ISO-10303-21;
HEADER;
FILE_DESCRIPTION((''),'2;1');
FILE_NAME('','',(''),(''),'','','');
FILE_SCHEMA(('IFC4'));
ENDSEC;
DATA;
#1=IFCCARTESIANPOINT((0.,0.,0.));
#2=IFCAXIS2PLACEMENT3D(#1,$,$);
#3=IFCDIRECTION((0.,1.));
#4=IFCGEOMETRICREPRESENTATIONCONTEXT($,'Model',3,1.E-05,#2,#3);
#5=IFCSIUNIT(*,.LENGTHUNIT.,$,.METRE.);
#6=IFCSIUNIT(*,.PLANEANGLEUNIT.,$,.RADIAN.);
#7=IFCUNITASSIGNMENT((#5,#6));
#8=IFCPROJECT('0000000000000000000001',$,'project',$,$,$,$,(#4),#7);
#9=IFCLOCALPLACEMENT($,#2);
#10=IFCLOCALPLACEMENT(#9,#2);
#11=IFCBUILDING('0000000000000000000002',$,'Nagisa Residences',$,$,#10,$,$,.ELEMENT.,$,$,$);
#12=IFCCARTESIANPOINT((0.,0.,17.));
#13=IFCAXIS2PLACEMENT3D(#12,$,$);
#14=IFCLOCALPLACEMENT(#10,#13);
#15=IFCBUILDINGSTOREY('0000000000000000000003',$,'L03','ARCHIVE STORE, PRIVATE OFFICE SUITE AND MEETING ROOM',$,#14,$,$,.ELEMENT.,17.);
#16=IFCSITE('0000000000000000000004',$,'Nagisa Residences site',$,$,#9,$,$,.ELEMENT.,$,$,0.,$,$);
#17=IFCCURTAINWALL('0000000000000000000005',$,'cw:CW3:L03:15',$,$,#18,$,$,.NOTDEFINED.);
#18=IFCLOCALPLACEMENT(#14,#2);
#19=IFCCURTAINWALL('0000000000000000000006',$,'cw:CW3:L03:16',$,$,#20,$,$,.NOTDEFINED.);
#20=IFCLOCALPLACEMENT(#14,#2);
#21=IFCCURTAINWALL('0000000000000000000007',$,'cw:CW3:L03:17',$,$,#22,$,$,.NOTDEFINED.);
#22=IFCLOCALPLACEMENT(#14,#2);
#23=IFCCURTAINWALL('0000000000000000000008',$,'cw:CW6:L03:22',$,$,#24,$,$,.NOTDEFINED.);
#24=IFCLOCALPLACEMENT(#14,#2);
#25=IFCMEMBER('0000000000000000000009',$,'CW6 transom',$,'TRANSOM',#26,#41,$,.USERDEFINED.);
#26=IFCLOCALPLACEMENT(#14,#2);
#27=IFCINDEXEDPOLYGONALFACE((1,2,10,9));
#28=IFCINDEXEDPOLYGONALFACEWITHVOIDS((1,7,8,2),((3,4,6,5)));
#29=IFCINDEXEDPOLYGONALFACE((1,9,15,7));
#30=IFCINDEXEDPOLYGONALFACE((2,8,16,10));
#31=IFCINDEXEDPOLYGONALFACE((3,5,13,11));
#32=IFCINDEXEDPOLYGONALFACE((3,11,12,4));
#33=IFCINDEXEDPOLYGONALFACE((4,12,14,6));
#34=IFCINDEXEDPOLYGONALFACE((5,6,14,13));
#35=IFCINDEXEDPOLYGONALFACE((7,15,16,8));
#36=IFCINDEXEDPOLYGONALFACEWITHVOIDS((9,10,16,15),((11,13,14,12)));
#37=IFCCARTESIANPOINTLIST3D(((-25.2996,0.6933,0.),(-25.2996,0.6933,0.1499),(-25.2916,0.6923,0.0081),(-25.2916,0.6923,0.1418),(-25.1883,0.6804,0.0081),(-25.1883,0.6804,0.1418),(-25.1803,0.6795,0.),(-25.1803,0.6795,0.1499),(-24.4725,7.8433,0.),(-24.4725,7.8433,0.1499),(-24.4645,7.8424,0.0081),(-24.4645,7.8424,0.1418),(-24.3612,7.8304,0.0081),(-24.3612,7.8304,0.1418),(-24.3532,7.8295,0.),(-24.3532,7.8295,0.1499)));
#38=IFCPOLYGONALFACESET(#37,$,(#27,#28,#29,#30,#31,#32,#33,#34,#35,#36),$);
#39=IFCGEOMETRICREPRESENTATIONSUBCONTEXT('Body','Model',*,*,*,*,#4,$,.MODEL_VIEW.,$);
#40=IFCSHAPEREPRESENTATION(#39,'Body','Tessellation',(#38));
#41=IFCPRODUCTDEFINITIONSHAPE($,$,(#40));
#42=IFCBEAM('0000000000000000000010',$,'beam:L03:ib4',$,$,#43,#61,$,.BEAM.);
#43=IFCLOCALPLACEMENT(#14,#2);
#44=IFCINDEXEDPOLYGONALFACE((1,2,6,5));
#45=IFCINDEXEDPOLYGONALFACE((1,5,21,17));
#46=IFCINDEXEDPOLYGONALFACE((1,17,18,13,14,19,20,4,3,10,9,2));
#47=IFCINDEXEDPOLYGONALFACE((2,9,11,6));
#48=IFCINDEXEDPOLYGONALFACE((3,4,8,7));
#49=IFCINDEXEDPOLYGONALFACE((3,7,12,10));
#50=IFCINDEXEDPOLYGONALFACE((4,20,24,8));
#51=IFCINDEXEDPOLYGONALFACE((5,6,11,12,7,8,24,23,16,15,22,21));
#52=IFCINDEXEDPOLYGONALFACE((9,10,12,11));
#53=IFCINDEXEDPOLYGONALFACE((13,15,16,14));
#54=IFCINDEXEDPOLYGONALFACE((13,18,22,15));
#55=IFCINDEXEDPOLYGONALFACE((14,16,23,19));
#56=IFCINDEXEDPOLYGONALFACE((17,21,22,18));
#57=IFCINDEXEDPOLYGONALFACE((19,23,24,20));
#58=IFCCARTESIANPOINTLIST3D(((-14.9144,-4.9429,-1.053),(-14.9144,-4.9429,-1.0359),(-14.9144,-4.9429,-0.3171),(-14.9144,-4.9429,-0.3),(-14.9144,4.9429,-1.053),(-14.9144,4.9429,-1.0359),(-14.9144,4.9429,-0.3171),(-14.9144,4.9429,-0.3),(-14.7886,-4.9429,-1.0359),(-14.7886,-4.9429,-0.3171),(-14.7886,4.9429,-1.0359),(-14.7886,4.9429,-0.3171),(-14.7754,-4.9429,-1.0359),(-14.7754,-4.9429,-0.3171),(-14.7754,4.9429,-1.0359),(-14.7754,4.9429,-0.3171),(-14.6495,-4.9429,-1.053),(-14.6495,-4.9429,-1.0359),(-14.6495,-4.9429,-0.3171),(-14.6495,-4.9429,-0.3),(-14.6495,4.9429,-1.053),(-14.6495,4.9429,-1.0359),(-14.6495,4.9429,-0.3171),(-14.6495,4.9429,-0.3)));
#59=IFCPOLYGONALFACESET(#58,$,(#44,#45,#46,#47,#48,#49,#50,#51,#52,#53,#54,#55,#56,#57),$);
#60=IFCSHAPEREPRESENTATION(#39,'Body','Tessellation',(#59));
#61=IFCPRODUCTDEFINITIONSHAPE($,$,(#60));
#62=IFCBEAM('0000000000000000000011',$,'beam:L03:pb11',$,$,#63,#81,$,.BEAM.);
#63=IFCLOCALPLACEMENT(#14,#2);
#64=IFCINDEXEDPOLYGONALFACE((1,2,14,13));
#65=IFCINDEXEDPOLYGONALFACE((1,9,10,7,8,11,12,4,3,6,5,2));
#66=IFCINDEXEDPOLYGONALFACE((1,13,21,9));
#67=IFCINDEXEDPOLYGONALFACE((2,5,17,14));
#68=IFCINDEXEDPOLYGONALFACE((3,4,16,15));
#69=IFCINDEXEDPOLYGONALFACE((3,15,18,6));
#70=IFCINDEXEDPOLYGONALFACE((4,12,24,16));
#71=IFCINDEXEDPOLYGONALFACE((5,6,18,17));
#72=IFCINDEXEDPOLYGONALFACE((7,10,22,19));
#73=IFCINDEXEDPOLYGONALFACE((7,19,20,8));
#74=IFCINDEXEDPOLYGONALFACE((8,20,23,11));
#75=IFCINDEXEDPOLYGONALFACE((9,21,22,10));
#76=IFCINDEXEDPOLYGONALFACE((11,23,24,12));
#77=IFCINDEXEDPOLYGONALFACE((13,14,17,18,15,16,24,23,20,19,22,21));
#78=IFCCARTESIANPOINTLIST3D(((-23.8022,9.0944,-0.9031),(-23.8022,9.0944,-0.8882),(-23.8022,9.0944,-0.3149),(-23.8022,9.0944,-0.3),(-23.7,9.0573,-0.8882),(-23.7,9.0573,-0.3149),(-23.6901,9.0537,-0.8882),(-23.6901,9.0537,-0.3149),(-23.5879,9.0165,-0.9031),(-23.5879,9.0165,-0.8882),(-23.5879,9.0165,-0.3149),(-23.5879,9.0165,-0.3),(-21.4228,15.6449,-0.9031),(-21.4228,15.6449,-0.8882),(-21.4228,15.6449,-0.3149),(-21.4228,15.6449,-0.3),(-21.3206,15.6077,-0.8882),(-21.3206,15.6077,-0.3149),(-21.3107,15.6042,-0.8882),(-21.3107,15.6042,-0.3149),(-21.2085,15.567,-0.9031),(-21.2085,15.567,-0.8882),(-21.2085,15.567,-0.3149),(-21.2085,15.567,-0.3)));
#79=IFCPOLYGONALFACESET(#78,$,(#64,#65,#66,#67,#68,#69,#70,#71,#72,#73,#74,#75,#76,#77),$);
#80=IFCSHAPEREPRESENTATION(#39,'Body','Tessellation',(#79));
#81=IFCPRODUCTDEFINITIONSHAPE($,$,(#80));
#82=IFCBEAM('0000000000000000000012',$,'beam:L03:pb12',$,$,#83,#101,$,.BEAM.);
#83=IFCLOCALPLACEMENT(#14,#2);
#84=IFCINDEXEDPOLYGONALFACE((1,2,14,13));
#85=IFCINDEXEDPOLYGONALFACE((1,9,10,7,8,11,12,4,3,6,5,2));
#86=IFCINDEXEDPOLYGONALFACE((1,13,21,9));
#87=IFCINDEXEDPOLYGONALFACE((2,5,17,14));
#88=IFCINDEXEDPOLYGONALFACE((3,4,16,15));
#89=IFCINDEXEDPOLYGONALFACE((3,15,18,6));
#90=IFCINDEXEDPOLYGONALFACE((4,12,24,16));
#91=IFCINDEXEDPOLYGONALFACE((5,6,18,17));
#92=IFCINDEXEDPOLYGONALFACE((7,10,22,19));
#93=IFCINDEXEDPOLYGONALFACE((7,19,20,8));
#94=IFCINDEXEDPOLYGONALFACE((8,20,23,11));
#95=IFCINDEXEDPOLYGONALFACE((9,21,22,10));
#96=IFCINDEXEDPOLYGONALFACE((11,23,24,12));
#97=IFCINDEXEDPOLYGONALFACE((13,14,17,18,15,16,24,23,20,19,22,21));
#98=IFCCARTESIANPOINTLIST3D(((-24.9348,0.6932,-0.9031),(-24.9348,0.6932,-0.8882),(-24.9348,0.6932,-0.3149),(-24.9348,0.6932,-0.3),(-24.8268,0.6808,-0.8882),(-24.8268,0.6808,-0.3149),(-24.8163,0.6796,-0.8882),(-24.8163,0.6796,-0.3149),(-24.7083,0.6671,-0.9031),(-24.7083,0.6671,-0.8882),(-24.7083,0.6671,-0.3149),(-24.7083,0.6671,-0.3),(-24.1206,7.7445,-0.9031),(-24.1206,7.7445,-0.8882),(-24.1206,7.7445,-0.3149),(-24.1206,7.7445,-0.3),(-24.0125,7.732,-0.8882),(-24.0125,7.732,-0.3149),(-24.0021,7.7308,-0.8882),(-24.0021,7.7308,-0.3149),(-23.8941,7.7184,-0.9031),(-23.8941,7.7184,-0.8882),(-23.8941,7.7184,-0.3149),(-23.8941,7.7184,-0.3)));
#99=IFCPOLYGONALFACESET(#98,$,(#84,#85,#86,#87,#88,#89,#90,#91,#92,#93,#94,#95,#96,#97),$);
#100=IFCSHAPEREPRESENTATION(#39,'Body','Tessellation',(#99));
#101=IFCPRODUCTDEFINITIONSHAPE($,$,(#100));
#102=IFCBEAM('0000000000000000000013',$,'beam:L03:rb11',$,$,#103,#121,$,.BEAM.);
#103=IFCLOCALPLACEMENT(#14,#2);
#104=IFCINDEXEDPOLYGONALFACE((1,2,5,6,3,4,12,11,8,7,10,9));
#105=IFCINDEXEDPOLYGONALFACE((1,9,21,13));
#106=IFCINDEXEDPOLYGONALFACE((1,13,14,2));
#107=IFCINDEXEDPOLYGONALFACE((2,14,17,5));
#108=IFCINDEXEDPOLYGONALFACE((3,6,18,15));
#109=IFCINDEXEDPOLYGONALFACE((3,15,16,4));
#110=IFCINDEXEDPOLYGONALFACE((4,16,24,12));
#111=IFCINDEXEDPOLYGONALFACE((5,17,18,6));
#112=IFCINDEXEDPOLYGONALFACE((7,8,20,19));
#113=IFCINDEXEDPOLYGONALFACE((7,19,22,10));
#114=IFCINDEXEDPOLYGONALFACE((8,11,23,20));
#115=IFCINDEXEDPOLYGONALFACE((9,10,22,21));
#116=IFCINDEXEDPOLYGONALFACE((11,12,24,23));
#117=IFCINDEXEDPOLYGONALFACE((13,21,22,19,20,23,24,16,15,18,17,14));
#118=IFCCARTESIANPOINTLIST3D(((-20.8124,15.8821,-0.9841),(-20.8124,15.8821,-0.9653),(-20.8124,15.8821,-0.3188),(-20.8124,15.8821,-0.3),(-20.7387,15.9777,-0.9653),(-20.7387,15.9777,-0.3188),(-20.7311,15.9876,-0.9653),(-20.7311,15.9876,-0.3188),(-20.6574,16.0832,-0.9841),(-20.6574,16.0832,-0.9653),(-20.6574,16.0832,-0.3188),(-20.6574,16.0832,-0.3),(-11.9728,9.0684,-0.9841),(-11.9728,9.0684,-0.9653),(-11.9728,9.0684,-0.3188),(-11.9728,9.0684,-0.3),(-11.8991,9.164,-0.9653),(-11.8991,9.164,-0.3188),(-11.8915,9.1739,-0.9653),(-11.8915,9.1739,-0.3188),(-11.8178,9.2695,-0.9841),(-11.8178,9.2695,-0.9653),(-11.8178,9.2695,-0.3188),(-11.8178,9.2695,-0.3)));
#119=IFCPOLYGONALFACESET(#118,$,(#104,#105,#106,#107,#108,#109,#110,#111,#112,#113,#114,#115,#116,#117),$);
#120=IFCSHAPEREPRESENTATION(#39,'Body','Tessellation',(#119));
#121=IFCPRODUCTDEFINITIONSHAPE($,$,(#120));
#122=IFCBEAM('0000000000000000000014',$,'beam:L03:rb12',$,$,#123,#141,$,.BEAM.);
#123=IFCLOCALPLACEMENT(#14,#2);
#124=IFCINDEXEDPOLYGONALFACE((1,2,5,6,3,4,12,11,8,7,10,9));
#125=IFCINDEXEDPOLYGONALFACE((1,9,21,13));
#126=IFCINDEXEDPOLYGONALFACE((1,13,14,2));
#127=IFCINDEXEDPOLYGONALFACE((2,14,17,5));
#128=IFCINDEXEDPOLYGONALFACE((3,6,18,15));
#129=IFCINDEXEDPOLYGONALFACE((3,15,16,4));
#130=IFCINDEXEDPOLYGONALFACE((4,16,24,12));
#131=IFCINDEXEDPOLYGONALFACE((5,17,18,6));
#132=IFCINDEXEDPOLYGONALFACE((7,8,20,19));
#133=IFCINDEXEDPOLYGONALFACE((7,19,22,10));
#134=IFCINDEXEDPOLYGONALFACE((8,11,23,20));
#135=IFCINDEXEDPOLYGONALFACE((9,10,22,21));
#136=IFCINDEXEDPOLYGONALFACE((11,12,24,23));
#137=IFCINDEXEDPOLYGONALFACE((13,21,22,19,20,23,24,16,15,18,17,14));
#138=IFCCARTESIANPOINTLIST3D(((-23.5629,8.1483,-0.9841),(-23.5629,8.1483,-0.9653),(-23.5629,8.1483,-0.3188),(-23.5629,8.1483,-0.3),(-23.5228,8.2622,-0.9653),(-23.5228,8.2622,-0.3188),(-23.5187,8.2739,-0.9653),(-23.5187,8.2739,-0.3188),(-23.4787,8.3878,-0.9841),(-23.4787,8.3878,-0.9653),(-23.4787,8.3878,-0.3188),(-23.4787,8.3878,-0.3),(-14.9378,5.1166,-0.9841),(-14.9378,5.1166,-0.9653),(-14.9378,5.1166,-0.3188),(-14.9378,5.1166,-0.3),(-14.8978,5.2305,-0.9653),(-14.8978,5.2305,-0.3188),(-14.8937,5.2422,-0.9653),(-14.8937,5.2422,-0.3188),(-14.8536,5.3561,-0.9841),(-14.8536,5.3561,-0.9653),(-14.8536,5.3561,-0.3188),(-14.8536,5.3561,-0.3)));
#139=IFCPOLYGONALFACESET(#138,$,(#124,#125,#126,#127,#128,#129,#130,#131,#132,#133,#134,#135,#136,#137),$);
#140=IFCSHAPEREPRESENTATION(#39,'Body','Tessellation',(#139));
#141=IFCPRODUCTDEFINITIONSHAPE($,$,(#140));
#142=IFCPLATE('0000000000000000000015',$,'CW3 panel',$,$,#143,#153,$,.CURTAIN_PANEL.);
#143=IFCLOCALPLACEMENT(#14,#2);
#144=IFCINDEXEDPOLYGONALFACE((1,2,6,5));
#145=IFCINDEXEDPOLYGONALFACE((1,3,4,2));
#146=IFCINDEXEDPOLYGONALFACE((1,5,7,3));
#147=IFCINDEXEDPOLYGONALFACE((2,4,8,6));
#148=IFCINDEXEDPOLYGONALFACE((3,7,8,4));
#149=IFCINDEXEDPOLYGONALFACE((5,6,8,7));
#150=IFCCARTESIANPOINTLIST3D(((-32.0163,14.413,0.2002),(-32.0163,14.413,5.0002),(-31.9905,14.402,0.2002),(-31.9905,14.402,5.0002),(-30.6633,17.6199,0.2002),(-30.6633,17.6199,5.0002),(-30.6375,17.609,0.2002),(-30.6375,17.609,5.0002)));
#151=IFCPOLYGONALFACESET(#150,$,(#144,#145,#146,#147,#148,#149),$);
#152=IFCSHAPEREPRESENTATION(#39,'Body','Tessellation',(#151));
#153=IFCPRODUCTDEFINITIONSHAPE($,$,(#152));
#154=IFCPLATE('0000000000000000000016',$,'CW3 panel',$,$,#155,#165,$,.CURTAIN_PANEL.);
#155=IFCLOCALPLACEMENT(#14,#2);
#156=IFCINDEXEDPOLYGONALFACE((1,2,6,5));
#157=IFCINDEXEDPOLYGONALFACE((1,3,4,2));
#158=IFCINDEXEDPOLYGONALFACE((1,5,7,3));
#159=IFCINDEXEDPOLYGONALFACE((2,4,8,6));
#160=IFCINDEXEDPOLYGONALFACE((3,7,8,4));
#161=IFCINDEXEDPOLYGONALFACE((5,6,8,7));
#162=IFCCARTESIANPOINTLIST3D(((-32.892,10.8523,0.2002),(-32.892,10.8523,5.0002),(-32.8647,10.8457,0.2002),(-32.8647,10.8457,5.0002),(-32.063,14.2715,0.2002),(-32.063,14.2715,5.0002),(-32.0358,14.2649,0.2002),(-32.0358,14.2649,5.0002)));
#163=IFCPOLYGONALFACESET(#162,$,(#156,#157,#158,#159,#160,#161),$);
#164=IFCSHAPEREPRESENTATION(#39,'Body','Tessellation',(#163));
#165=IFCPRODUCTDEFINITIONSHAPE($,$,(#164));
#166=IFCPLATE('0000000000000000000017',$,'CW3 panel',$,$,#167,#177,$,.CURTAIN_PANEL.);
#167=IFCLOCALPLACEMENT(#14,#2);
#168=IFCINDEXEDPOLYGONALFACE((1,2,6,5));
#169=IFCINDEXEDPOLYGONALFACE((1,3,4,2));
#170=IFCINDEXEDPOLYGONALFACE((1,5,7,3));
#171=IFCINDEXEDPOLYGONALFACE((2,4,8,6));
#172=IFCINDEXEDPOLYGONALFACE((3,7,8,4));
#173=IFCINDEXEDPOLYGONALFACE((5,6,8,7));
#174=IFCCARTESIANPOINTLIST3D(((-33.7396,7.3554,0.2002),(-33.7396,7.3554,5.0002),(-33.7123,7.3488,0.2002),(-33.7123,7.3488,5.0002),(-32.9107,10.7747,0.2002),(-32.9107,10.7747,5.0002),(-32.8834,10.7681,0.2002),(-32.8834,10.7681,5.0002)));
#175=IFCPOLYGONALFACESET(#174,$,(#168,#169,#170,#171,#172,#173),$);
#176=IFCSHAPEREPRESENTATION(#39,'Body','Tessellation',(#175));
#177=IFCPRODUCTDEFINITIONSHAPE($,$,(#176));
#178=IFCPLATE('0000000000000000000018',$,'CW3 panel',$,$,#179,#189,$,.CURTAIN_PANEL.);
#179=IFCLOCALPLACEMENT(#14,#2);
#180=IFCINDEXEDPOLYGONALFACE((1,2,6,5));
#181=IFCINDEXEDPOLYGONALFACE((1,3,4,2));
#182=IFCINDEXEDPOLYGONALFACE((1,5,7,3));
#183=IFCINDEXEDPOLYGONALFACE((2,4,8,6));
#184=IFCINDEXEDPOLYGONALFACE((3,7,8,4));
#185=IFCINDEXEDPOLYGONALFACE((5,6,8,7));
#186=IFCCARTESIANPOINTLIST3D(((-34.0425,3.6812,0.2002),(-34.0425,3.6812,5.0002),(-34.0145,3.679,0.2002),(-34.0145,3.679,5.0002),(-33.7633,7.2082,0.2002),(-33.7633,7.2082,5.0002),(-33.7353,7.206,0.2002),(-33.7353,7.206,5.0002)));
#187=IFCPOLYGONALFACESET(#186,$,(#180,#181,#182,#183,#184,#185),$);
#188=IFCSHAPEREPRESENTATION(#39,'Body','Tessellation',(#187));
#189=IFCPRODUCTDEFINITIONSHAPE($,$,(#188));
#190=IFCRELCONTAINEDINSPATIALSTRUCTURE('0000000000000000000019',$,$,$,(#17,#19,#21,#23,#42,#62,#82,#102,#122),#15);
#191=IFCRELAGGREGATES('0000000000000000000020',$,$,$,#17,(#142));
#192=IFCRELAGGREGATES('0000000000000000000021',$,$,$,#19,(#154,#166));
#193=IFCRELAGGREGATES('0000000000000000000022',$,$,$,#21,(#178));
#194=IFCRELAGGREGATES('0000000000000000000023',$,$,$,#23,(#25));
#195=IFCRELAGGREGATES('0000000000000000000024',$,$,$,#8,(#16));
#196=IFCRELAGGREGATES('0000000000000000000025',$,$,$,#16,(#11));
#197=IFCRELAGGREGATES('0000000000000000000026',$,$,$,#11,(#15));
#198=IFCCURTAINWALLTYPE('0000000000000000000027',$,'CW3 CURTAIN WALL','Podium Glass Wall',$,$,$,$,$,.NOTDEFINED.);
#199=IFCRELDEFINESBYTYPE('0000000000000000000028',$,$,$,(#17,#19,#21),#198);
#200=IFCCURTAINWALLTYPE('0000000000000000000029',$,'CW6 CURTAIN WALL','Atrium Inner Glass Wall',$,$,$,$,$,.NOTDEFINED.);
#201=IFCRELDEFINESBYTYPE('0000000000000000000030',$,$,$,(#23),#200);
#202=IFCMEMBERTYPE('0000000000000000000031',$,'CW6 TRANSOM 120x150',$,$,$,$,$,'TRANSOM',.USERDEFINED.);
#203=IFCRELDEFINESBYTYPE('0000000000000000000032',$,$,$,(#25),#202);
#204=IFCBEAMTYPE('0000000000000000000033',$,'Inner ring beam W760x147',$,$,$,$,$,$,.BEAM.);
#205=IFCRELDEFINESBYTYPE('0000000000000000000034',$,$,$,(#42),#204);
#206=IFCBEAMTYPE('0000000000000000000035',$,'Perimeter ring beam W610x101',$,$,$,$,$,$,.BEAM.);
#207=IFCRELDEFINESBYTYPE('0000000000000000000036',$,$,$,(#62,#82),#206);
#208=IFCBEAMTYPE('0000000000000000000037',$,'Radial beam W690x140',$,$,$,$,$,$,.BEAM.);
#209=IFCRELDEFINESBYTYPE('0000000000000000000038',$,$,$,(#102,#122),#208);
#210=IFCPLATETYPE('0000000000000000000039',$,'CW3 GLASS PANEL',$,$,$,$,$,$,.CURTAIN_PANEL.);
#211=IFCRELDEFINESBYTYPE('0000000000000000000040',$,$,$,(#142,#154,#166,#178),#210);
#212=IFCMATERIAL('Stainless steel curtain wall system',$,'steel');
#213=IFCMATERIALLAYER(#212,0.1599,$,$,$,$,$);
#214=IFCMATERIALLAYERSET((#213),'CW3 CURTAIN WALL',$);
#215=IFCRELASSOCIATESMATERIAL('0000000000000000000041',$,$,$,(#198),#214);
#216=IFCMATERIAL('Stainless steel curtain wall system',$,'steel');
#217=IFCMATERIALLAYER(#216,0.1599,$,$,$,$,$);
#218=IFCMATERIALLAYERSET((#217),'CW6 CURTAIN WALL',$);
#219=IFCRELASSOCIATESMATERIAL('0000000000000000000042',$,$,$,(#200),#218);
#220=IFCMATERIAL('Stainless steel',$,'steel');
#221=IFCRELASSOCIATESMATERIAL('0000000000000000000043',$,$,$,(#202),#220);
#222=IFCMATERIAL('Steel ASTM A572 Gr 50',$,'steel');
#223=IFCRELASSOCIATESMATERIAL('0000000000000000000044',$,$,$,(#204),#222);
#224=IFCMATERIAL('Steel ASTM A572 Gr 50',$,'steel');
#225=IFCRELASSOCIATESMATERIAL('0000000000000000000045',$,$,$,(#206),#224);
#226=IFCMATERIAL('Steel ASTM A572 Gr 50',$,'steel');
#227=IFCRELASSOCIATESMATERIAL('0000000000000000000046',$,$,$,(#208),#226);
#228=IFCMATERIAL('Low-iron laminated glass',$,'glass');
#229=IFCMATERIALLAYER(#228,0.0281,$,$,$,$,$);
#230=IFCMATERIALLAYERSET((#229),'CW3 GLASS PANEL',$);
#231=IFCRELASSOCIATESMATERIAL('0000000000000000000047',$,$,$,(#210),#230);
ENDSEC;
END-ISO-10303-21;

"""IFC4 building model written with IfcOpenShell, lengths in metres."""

from ifc_helpers import new_model, si_unit, direction, frame, origin, origin_2d, place, context, subcontext, project, spatial, rectangle, hollow_rectangle, i_section, extrude, material, layer, layer_set, material_profile, profile_set, type_object, element, aggregate, save


model = new_model("IFC4")

# Units and contexts
model_context = context("Model", 3, precision=1e-05, world=origin(), true_north=direction((0.0, 1.0)))
body_context = subcontext(model_context, "Body", "Model", "MODEL_VIEW")
ifc_project = project(units=[si_unit("LENGTHUNIT", "METRE"), si_unit("PLANEANGLEUNIT", "RADIAN")], contexts=[model_context])

# Site, building, storey
site_placement = place(None, origin())
site = spatial("IfcSite", under=ifc_project, at=site_placement, Name="Nagisa Residences site", CompositionType="ELEMENT", RefElevation=0.0)
building_placement = place(site_placement, origin())
building = spatial("IfcBuilding", under=site, at=building_placement, Name="Nagisa Residences", CompositionType="ELEMENT")
storey_placement = place(building_placement, frame((0.0, 0.0, 17.0)))
storey = spatial("IfcBuildingStorey", under=building, at=storey_placement, Name="L03", Description="ARCHIVE STORE, PRIVATE OFFICE SUITE AND MEETING ROOM", CompositionType="ELEMENT", Elevation=17.0)

# Curtain wall
ifc_material_1 = material(Name="Stainless steel curtain wall system", Category="steel")
ifc_layer_1 = layer(ifc_material_1, 0.1599)
ifc_layer_set_1 = layer_set([ifc_layer_1], Name="CW3 CURTAIN WALL")
curtain_wall_type_1 = type_object("IfcCurtainWallType", Name="CW3 CURTAIN WALL", Description="Podium Glass Wall", PredefinedType="NOTDEFINED", material=ifc_layer_set_1)
curtain_wall_1_placement = place(storey_placement, origin())
curtain_wall_1 = element("IfcCurtainWall", 1, at=curtain_wall_1_placement, inside=storey, type_object=curtain_wall_type_1, Name="cw:CW3:L03:15", PredefinedType="NOTDEFINED")

# Curtain walls
curtain_wall_2_placement = place(storey_placement, origin())
curtain_wall_2 = element("IfcCurtainWall", 2, at=curtain_wall_2_placement, inside=storey, type_object=curtain_wall_type_1, Name="cw:CW3:L03:16", PredefinedType="NOTDEFINED")
curtain_wall_3_placement = place(storey_placement, origin())
curtain_wall_3 = element("IfcCurtainWall", 3, at=curtain_wall_3_placement, inside=storey, type_object=curtain_wall_type_1, Name="cw:CW3:L03:17", PredefinedType="NOTDEFINED")

# Curtain wall
ifc_material_2 = material(Name="Stainless steel curtain wall system", Category="steel")
ifc_layer_2 = layer(ifc_material_2, 0.1599)
ifc_layer_set_2 = layer_set([ifc_layer_2], Name="CW6 CURTAIN WALL")
curtain_wall_type_2 = type_object("IfcCurtainWallType", Name="CW6 CURTAIN WALL", Description="Atrium Inner Glass Wall", PredefinedType="NOTDEFINED", material=ifc_layer_set_2)
curtain_wall_4_placement = place(storey_placement, origin())
curtain_wall_4 = element("IfcCurtainWall", 4, at=curtain_wall_4_placement, inside=storey, type_object=curtain_wall_type_2, Name="cw:CW6:L03:22", PredefinedType="NOTDEFINED")

# Member
ifc_material_3 = material(Name="Stainless steel", Category="steel")
ifc_material_profile_1 = material_profile(ifc_material_3, hollow_rectangle(XDim=0.1201, YDim=0.1499, WallThickness=0.0081, at=origin_2d()), Name="CW6 TRANSOM 120x150")
ifc_profile_set_1 = profile_set([ifc_material_profile_1], Name="Stainless steel")
member_type_1 = type_object("IfcMemberType", Name="CW6 TRANSOM 120x150", ElementType="TRANSOM", PredefinedType="USERDEFINED", material=ifc_profile_set_1)
member_1_placement = place(storey_placement, frame((-24.4128, 7.8364, 0.075), z_axis=(-0.114916, -0.993375, 0.0), x_axis=(0.993375, -0.114916, 0.0)))
member_1 = element("IfcMember", 5, at=member_1_placement, type_object=member_type_1, Name="CW6 transom", ObjectType="TRANSOM", PredefinedType="USERDEFINED", context=body_context, shape_type="SweptSolid", body=[
    extrude(hollow_rectangle(XDim=0.1201, YDim=0.1499, WallThickness=0.0081, at=origin_2d()), origin(), (0.0, 0.0, 1.0), 7.1978),
])

# Beams
ifc_material_4 = material(Name="Steel ASTM A572 Gr 50", Category="steel")
ifc_material_profile_2 = material_profile(ifc_material_4, i_section(OverallWidth=0.2649, OverallDepth=0.7529, WebThickness=0.0132, FlangeThickness=0.0171, at=origin_2d()), Name="W760x147")
ifc_profile_set_2 = profile_set([ifc_material_profile_2], Name="Steel ASTM A572 Gr 50")
beam_type_1 = type_object("IfcBeamType", Name="Inner ring beam W760x147", PredefinedType="BEAM", material=ifc_profile_set_2)
beam_1_placement = place(storey_placement, frame((-14.782, 4.9429, -0.6765), z_axis=(0.0, -1.0, 0.0), x_axis=(1.0, 0.0, 0.0)))
element("IfcBeam", 6, at=beam_1_placement, inside=storey, type_object=beam_type_1, Name="beam:L03:ib4", PredefinedType="BEAM", context=body_context, shape_type="SweptSolid", body=[
    extrude(i_section(OverallWidth=0.2649, OverallDepth=0.7529, WebThickness=0.0132, FlangeThickness=0.0171, at=origin_2d()), origin(), (0.0, 0.0, 1.0), 9.8857),
])
ifc_material_5 = material(Name="Steel ASTM A572 Gr 50", Category="steel")
ifc_material_profile_3 = material_profile(ifc_material_5, i_section(OverallWidth=0.228, OverallDepth=0.603, WebThickness=0.0105, FlangeThickness=0.0149, at=origin_2d()), Name="W610x101")
ifc_profile_set_3 = profile_set([ifc_material_profile_3], Name="Steel ASTM A572 Gr 50")
beam_type_2 = type_object("IfcBeamType", Name="Perimeter ring beam W610x101", PredefinedType="BEAM", material=ifc_profile_set_3)
beam_2_placement = place(storey_placement, frame((-21.3157, 15.606, -0.6016), z_axis=(-0.341411, -0.939914, 0.0), x_axis=(0.939914, -0.341411, 0.0)))
element("IfcBeam", 7, at=beam_2_placement, inside=storey, type_object=beam_type_2, Name="beam:L03:pb11", PredefinedType="BEAM", context=body_context, shape_type="SweptSolid", body=[
    extrude(i_section(OverallWidth=0.228, OverallDepth=0.603, WebThickness=0.0105, FlangeThickness=0.0149, at=origin_2d()), origin(), (0.0, 0.0, 1.0), 6.9692),
])
beam_3_placement = place(storey_placement, frame((-24.0073, 7.7314, -0.6016), z_axis=(-0.114708, -0.993399, 0.0), x_axis=(0.993399, -0.114708, 0.0)))
element("IfcBeam", 8, at=beam_3_placement, inside=storey, type_object=beam_type_2, Name="beam:L03:pb12", PredefinedType="BEAM", context=body_context, shape_type="SweptSolid", body=[
    extrude(i_section(OverallWidth=0.228, OverallDepth=0.603, WebThickness=0.0105, FlangeThickness=0.0149, at=origin_2d()), origin(), (0.0, 0.0, 1.0), 7.0981),
])
ifc_material_6 = material(Name="Steel ASTM A572 Gr 50", Category="steel")
ifc_material_profile_4 = material_profile(ifc_material_6, i_section(OverallWidth=0.2539, OverallDepth=0.6841, WebThickness=0.0125, FlangeThickness=0.0188, at=origin_2d()), Name="W690x140")
ifc_profile_set_4 = profile_set([ifc_material_profile_4], Name="Steel ASTM A572 Gr 50")
beam_type_3 = type_object("IfcBeamType", Name="Radial beam W690x140", PredefinedType="BEAM", material=ifc_profile_set_4)
beam_4_placement = place(storey_placement, frame((-20.7349, 15.9827, -0.6421), z_axis=(0.792016, -0.6105, 0.0), x_axis=(0.6105, 0.792016, 0.0)))
element("IfcBeam", 9, at=beam_4_placement, inside=storey, type_object=beam_type_3, Name="beam:L03:rb11", PredefinedType="BEAM", context=body_context, shape_type="SweptSolid", body=[
    extrude(i_section(OverallWidth=0.2539, OverallDepth=0.6841, WebThickness=0.0125, FlangeThickness=0.0188, at=origin_2d()), origin(), (0.0, 0.0, 1.0), 11.1609),
])
beam_5_placement = place(storey_placement, frame((-23.5208, 8.2681, -0.6421), z_axis=(0.943415, -0.331616, 0.0), x_axis=(0.331616, 0.943415, 0.0)))
element("IfcBeam", 10, at=beam_5_placement, inside=storey, type_object=beam_type_3, Name="beam:L03:rb12", PredefinedType="BEAM", context=body_context, shape_type="SweptSolid", body=[
    extrude(i_section(OverallWidth=0.2539, OverallDepth=0.6841, WebThickness=0.0125, FlangeThickness=0.0188, at=origin_2d()), origin(), (0.0, 0.0, 1.0), 9.1423),
])

# Plates
ifc_material_7 = material(Name="Low-iron laminated glass", Category="glass")
ifc_layer_3 = layer(ifc_material_7, 0.0281)
ifc_layer_set_3 = layer_set([ifc_layer_3], Name="CW3 GLASS PANEL")
plate_type_1 = type_object("IfcPlateType", Name="CW3 GLASS PANEL", PredefinedType="CURTAIN_PANEL", material=ifc_layer_set_3)
plate_1_placement = place(storey_placement, frame((-31.3269, 16.011, 0.2002), z_axis=(0.0, 0.0, 1.0), x_axis=(-0.388718, -0.921357, 0.0)))
plate_1 = element("IfcPlate", 11, at=plate_1_placement, type_object=plate_type_1, Name="CW3 panel", PredefinedType="CURTAIN_PANEL", context=body_context, shape_type="SweptSolid", body=[
    extrude(rectangle(XDim=3.4807, YDim=0.0281, at=origin_2d()), origin(), (0.0, 0.0, 1.0), 4.8),
])
aggregate(curtain_wall_1, [plate_1])
plate_2_placement = place(storey_placement, frame((-32.4639, 12.5586, 0.2002), z_axis=(0.0, 0.0, 1.0), x_axis=(-0.235606, -0.971849, 0.0)))
plate_2 = element("IfcPlate", 12, at=plate_2_placement, type_object=plate_type_1, Name="CW3 panel", PredefinedType="CURTAIN_PANEL", context=body_context, shape_type="SweptSolid", body=[
    extrude(rectangle(XDim=3.5183, YDim=0.0281, at=origin_2d()), origin(), (0.0, 0.0, 1.0), 4.8),
])
plate_3_placement = place(storey_placement, frame((-33.3115, 9.0618, 0.2002), z_axis=(0.0, 0.0, 1.0), x_axis=(-0.235606, -0.971849, 0.0)))
plate_3 = element("IfcPlate", 13, at=plate_3_placement, type_object=plate_type_1, Name="CW3 panel", PredefinedType="CURTAIN_PANEL", context=body_context, shape_type="SweptSolid", body=[
    extrude(rectangle(XDim=3.5183, YDim=0.0281, at=origin_2d()), origin(), (0.0, 0.0, 1.0), 4.8),
])
aggregate(curtain_wall_2, [plate_2, plate_3])
plate_4_placement = place(storey_placement, frame((-33.8889, 5.4436, 0.2002), z_axis=(0.0, 0.0, 1.0), x_axis=(-0.07891, -0.996882, 0.0)))
plate_4 = element("IfcPlate", 14, at=plate_4_placement, type_object=plate_type_1, Name="CW3 panel", PredefinedType="CURTAIN_PANEL", context=body_context, shape_type="SweptSolid", body=[
    extrude(rectangle(XDim=3.5381, YDim=0.0281, at=origin_2d()), origin(), (0.0, 0.0, 1.0), 4.8),
])
aggregate(curtain_wall_3, [plate_4])
aggregate(curtain_wall_4, [member_1])

save(model, "model.ifc")
